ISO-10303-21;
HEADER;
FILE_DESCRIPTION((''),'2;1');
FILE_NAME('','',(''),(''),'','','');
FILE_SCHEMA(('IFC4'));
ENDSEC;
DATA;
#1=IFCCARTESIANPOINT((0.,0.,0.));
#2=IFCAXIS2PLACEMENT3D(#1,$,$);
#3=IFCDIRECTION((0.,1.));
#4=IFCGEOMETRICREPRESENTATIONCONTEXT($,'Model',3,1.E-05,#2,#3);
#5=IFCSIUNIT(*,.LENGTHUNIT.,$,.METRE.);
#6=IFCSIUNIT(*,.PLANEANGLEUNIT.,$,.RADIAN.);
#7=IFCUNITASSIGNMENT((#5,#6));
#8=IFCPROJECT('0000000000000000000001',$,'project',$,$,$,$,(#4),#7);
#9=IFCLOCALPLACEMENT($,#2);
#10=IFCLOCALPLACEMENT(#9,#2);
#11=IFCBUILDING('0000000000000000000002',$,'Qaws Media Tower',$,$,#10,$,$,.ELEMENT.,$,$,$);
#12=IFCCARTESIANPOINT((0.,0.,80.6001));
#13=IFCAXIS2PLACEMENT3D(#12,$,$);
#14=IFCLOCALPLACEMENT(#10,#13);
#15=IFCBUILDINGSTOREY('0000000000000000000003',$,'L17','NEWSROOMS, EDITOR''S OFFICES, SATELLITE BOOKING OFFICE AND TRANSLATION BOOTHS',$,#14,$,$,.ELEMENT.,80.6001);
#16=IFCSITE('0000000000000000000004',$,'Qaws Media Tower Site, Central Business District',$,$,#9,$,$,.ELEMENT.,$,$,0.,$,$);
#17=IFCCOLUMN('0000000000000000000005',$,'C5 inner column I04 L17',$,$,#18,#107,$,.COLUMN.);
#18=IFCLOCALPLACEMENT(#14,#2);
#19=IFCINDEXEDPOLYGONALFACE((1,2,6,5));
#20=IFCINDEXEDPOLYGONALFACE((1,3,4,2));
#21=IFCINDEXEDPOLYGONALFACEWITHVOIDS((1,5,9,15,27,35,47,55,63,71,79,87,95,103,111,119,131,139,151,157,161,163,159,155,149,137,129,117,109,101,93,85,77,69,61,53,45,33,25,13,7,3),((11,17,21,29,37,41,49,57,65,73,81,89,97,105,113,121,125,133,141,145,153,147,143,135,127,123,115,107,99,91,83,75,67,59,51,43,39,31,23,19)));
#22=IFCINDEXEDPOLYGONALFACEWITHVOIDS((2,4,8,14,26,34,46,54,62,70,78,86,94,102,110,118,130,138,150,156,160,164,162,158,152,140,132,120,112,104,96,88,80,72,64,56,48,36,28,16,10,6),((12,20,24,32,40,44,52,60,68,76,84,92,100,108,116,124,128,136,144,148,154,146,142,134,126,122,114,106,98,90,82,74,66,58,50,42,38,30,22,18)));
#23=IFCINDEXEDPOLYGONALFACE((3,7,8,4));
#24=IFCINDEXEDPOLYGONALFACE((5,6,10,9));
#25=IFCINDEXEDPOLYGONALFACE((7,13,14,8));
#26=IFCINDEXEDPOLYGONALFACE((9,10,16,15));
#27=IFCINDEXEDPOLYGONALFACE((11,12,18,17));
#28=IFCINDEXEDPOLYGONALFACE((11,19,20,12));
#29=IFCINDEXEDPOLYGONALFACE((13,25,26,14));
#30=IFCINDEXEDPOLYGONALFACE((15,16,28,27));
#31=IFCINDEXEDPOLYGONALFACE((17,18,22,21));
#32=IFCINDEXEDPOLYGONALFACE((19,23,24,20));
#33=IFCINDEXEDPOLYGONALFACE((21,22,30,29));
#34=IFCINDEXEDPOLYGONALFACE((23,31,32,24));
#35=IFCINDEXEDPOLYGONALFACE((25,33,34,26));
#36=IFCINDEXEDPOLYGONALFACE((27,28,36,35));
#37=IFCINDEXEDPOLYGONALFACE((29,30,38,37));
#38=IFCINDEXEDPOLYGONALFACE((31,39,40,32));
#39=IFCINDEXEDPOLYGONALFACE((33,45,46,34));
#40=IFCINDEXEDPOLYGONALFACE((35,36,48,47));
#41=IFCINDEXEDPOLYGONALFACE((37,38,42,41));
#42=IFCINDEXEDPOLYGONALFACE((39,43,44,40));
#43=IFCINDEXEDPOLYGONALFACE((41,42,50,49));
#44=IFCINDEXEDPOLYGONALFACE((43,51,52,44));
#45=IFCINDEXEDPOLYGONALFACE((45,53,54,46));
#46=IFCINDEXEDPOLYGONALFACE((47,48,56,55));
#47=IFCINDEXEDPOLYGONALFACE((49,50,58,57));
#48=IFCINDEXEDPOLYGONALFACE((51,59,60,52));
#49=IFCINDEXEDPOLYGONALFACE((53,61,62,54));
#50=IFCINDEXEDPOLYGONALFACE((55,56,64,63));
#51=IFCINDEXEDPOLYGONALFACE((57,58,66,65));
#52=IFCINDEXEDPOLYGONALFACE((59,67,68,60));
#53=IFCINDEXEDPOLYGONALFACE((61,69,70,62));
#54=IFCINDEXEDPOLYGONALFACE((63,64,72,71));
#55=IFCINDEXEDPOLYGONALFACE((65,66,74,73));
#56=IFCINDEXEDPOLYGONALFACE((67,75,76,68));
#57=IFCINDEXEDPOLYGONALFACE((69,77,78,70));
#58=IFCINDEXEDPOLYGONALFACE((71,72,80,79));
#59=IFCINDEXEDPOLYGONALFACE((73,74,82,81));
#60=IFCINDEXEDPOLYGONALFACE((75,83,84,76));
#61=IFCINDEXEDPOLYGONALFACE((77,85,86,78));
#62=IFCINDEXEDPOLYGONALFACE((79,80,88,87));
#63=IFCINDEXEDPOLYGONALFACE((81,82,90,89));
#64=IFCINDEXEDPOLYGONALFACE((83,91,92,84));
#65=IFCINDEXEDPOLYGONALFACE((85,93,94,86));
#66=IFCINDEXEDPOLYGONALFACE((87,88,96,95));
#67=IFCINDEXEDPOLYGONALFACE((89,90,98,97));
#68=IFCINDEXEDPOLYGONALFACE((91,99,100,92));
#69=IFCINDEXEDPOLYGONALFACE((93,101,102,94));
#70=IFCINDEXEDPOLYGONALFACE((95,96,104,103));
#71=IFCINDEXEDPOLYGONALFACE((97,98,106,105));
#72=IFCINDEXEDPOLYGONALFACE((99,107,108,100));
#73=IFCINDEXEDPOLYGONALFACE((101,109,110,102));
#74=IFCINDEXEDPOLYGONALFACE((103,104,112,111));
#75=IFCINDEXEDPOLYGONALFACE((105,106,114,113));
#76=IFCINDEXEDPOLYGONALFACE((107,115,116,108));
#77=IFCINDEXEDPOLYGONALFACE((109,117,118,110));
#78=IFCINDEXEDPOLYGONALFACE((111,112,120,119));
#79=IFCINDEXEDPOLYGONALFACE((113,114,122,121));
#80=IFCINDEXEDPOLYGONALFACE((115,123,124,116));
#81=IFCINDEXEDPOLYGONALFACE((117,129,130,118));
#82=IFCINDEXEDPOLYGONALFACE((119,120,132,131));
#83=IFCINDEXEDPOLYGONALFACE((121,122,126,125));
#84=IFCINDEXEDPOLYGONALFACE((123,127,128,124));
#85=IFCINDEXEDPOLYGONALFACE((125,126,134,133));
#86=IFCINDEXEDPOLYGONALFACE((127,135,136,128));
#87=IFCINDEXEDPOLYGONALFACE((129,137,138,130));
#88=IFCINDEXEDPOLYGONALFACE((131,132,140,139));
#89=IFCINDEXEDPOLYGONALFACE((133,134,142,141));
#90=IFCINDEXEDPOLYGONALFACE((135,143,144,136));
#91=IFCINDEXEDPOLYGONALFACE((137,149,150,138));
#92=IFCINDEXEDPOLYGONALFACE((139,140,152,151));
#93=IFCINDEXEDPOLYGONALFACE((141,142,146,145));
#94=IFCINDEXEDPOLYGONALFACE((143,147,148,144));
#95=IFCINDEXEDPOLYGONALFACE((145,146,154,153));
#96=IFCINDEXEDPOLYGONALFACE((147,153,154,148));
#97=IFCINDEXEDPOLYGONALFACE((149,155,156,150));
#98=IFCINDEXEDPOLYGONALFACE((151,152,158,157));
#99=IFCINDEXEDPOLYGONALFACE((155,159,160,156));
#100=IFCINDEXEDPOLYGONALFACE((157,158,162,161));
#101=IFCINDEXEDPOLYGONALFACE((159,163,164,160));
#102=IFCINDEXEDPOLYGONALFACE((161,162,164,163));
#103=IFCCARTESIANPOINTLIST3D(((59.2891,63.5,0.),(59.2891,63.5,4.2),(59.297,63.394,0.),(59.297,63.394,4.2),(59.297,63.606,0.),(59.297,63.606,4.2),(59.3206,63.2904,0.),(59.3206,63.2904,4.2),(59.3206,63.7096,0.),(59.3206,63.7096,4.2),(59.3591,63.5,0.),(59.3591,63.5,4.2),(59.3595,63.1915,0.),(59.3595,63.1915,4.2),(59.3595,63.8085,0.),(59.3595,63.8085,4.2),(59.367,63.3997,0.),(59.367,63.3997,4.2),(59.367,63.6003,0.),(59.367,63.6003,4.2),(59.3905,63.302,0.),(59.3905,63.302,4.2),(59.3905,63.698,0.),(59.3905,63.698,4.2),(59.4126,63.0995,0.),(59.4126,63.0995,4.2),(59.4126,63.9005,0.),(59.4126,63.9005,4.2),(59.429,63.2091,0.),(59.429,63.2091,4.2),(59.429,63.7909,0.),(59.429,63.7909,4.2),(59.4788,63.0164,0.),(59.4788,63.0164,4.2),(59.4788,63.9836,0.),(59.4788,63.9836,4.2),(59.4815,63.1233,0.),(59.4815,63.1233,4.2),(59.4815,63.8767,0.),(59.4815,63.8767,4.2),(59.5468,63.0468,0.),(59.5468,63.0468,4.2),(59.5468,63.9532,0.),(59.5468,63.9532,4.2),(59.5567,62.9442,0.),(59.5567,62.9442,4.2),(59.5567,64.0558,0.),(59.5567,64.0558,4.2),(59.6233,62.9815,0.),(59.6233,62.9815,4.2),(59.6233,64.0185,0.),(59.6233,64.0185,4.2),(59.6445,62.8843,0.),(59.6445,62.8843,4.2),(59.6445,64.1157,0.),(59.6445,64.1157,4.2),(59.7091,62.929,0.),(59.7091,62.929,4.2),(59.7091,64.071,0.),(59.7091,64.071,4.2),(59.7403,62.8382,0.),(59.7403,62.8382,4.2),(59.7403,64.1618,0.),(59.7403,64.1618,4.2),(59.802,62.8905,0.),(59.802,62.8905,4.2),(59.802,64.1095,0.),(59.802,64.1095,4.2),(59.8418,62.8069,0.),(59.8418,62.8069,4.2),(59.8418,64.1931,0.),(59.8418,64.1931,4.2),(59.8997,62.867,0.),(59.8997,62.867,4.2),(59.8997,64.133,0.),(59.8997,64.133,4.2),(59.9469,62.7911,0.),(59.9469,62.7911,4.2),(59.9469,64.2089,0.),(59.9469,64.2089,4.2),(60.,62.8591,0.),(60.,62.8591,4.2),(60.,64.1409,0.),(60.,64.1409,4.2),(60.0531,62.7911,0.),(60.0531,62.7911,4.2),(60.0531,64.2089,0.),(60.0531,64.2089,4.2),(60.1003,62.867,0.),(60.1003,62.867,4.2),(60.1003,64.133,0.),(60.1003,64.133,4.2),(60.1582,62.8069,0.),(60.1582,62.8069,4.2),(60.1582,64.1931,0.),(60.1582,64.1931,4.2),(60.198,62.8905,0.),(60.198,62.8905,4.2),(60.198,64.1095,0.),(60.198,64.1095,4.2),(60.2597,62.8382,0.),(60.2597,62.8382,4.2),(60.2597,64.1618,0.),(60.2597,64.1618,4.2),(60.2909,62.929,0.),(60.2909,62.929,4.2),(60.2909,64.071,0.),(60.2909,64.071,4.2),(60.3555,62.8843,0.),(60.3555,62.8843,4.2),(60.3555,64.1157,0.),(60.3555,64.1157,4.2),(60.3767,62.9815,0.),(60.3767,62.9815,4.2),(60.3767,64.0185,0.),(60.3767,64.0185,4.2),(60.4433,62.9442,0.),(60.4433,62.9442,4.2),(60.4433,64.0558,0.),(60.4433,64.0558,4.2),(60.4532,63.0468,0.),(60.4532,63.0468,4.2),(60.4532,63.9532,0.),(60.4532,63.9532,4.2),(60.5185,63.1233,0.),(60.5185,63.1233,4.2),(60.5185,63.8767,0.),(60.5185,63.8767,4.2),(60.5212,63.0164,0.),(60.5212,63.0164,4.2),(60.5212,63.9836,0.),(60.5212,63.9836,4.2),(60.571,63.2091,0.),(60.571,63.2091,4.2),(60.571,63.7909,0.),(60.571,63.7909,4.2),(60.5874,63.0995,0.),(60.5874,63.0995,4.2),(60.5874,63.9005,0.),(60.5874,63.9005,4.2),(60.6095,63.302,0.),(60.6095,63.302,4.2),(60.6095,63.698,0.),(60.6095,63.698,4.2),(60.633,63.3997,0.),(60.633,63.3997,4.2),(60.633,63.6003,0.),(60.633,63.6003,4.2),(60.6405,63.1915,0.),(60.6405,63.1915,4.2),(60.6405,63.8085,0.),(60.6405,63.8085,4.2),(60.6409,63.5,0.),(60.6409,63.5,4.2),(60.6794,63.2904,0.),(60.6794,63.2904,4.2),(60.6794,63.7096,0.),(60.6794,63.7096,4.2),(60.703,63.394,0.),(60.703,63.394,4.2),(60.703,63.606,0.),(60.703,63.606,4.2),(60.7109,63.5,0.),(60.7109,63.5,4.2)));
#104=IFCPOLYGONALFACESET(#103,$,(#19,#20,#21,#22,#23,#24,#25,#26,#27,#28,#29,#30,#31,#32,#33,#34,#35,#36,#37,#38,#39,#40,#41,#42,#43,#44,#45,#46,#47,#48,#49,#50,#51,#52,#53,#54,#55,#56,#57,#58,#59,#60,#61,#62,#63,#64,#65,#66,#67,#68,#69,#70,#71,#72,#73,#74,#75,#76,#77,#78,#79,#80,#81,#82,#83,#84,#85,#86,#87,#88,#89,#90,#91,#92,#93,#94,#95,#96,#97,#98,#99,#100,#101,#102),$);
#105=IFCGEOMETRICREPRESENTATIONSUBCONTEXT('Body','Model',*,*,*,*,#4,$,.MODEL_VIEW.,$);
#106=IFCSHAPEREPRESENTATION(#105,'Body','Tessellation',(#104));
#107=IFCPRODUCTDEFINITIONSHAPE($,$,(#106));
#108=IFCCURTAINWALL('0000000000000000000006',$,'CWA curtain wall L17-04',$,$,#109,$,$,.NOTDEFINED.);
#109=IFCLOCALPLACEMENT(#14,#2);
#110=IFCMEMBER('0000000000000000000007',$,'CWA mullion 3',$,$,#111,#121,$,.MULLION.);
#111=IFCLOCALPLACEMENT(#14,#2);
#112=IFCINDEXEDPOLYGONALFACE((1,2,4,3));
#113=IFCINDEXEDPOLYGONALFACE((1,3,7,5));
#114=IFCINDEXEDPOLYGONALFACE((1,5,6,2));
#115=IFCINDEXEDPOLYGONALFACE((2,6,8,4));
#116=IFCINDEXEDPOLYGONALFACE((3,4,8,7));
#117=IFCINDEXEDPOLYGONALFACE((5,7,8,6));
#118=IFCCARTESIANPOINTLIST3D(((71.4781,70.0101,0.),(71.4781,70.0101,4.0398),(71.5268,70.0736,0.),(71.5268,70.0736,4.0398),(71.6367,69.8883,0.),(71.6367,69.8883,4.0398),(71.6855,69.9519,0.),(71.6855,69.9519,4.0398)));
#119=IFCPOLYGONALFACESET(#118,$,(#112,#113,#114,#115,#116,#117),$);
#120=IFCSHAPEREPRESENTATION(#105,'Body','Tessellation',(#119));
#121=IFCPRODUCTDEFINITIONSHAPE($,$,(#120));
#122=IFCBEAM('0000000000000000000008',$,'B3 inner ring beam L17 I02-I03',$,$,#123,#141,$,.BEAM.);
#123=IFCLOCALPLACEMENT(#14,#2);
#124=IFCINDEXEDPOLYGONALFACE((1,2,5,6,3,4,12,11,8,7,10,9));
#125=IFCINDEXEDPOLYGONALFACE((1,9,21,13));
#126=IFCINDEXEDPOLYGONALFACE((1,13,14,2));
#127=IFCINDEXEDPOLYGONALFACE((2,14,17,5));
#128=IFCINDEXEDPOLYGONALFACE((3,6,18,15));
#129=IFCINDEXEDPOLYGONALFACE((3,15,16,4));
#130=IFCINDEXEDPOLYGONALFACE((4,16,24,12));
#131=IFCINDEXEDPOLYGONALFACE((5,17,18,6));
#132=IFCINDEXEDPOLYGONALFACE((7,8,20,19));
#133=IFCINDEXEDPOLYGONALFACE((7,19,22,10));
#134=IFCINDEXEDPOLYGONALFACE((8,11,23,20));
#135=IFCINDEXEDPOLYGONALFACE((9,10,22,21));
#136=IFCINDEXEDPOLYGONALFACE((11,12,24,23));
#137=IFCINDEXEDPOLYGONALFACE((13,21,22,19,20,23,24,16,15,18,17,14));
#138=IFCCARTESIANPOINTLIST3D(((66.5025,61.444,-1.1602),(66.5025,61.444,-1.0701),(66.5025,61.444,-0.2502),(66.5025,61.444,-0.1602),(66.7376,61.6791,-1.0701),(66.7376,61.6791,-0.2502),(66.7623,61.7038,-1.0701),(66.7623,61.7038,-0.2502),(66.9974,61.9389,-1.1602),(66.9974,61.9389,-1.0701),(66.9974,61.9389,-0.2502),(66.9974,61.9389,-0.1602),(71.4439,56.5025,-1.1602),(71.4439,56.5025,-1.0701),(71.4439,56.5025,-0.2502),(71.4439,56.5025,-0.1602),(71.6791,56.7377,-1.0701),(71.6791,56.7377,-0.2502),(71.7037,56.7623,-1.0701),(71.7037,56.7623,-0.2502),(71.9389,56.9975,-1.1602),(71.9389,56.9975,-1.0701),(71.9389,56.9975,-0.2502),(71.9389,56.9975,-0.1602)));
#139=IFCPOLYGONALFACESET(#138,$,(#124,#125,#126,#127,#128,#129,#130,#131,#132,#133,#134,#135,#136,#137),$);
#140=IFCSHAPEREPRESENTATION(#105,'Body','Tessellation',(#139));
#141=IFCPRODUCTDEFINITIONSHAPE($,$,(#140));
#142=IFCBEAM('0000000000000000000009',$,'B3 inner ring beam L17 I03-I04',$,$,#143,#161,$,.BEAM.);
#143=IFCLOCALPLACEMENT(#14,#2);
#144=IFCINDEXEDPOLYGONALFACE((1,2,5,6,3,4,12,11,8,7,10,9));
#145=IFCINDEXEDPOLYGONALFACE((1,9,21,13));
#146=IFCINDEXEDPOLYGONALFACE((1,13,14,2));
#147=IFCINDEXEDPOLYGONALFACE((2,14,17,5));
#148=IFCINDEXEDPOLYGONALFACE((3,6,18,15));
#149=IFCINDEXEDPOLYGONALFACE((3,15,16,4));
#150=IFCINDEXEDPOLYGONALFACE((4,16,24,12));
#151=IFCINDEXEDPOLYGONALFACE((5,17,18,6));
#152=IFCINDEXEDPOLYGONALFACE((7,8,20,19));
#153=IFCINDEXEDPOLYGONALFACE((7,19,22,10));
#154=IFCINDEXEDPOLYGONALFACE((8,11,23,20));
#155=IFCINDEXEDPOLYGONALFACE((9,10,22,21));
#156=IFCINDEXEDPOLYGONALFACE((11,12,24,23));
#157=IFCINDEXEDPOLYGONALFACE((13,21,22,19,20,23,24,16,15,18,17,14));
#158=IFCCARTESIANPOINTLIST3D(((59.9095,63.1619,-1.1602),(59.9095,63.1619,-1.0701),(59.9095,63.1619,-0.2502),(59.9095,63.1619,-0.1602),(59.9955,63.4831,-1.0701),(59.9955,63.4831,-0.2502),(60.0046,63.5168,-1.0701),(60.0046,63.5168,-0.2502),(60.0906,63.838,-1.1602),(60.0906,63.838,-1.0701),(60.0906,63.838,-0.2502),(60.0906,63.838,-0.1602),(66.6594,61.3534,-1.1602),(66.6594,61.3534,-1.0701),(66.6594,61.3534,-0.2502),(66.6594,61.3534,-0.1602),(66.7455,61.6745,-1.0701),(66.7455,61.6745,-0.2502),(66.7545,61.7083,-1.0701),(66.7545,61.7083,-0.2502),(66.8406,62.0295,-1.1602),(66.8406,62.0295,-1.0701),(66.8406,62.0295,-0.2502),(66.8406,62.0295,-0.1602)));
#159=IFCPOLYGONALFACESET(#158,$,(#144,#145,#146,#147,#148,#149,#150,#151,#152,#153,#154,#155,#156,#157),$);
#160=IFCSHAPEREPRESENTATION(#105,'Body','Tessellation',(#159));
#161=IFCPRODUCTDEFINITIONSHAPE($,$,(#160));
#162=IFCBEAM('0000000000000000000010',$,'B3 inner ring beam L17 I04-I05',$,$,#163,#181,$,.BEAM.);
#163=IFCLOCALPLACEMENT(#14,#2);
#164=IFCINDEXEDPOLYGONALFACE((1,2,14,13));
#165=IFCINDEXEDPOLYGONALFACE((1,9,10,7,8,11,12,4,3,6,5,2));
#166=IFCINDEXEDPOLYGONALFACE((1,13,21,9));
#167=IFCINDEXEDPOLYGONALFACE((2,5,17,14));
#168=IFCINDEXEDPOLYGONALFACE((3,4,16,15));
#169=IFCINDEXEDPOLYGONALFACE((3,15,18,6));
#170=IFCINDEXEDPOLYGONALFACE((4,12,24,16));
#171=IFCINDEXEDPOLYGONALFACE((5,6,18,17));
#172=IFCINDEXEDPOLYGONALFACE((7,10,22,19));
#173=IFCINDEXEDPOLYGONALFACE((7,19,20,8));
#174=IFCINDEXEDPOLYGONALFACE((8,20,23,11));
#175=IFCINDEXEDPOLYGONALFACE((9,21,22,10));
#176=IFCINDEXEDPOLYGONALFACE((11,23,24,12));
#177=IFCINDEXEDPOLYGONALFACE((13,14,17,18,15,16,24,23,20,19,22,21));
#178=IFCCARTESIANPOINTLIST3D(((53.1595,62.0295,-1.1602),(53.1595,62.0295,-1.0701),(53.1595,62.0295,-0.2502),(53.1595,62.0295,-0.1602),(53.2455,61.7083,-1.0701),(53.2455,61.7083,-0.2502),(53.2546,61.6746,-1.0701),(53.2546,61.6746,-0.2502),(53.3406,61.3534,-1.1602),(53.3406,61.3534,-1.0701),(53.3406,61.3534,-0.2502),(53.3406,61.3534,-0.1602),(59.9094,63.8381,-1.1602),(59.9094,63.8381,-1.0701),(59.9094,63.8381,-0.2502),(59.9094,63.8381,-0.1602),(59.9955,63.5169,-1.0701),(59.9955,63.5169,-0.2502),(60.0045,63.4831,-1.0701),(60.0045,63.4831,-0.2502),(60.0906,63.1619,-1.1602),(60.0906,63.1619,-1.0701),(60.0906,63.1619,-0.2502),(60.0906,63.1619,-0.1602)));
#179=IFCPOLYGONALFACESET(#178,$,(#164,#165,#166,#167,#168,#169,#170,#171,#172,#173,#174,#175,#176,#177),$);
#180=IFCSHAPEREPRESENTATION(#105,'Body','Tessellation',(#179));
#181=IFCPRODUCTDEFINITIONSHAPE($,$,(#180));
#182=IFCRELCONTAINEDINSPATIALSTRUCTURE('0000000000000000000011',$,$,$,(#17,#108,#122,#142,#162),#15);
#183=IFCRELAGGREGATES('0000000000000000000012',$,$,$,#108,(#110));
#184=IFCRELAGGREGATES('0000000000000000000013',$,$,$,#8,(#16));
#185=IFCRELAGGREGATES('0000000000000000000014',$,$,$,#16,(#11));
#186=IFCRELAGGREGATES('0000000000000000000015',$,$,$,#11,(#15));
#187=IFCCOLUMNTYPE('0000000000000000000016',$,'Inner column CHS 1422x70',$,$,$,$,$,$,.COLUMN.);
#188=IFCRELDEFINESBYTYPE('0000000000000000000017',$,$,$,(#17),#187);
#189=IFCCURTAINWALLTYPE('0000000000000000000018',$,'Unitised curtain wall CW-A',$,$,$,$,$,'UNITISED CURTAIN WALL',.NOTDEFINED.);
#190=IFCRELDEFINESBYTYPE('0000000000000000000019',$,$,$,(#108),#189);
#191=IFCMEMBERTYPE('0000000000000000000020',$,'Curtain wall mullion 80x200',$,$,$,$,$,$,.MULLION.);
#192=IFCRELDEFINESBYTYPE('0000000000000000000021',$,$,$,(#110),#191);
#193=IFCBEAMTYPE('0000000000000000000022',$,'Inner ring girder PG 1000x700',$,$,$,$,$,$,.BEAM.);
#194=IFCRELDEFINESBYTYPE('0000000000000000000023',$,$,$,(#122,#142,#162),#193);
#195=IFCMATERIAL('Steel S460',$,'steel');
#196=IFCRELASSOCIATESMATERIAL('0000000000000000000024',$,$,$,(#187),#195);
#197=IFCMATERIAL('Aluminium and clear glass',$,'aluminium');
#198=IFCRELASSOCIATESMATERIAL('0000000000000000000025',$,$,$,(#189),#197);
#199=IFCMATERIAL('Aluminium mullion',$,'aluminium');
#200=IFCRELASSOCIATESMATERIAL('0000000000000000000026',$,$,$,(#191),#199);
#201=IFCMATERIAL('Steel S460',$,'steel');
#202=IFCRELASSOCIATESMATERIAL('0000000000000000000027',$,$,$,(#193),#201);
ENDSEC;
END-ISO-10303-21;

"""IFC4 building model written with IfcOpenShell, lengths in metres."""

from ifc_helpers import new_model, si_unit, direction, frame, origin, origin_2d, place, context, subcontext, project, spatial, rectangle, hollow_circle, i_section, extrude, material, material_profile, profile_set, type_object, element, aggregate, save


model = new_model("IFC4")

# Units and contexts
model_context = context("Model", 3, precision=1e-05, world=origin(), true_north=direction((0.0, 1.0)))
body_context = subcontext(model_context, "Body", "Model", "MODEL_VIEW")
ifc_project = project(units=[si_unit("LENGTHUNIT", "METRE"), si_unit("PLANEANGLEUNIT", "RADIAN")], contexts=[model_context])

# Site, building, storey
site_placement = place(None, origin())
site = spatial("IfcSite", under=ifc_project, at=site_placement, Name="Qaws Media Tower Site, Central Business District", CompositionType="ELEMENT", RefElevation=0.0)
building_placement = place(site_placement, origin())
building = spatial("IfcBuilding", under=site, at=building_placement, Name="Qaws Media Tower", CompositionType="ELEMENT")
storey_placement = place(building_placement, frame((0.0, 0.0, 80.6001)))
storey = spatial("IfcBuildingStorey", under=building, at=storey_placement, Name="L17", Description="NEWSROOMS, EDITOR'S OFFICES, SATELLITE BOOKING OFFICE AND TRANSLATION BOOTHS", CompositionType="ELEMENT", Elevation=80.6001)

# Column
ifc_material_1 = material(Name="Steel S460", Category="steel")
ifc_material_profile_1 = material_profile(ifc_material_1, hollow_circle(Radius=0.7109, WallThickness=0.0701, at=origin_2d()), Name="CHS 1422x70")
ifc_profile_set_1 = profile_set([ifc_material_profile_1], Name="Steel S460")
column_type = type_object("IfcColumnType", Name="Inner column CHS 1422x70", PredefinedType="COLUMN", material=ifc_profile_set_1)
for number, where, z_axis, x_axis, name in (
    (1, (60.0, 63.5, 0.0), (0.0, 0.0, 1.0), (1.0, 0.0, 0.0), "C5 inner column I04 L17"),
):
    element("IfcColumn", number, at=place(storey_placement, frame(where, z_axis=z_axis, x_axis=x_axis)), inside=storey, type_object=column_type, Name=name, PredefinedType="COLUMN", context=body_context, shape_type="SweptSolid", body=[
        extrude(hollow_circle(Radius=0.7109, WallThickness=0.0701, at=origin_2d()), origin(), (0.0, 0.0, 1.0), 4.2),
    ])

# Curtain wall, member
ifc_material_2 = material(Name="Aluminium and clear glass", Category="aluminium")
curtain_wall_type = type_object("IfcCurtainWallType", Name="Unitised curtain wall CW-A", ElementType="UNITISED CURTAIN WALL", PredefinedType="NOTDEFINED", material=ifc_material_2)
curtain_wall_placement = place(storey_placement, origin())
curtain_wall = element("IfcCurtainWall", 2, at=curtain_wall_placement, inside=storey, type_object=curtain_wall_type, Name="CWA curtain wall L17-04", PredefinedType="NOTDEFINED")
ifc_material_3 = material(Name="Aluminium mullion", Category="aluminium")
ifc_material_profile_2 = material_profile(ifc_material_3, rectangle(XDim=0.0801, YDim=0.2, at=origin_2d()), Name="80x200")
ifc_profile_set_2 = profile_set([ifc_material_profile_2], Name="Aluminium mullion")
member_type = type_object("IfcMemberType", Name="Curtain wall mullion 80x200", PredefinedType="MULLION", material=ifc_profile_set_2)
member_placement = place(storey_placement, frame((71.5818, 69.981, 0.0), z_axis=(0.0, 0.0, 1.0), x_axis=(-0.608761, -0.793353, 0.0)))
member = element("IfcMember", 3, at=member_placement, type_object=member_type, Name="CWA mullion 3", PredefinedType="MULLION", context=body_context, shape_type="SweptSolid", body=[
    extrude(rectangle(XDim=0.0801, YDim=0.2, at=origin_2d()), origin(), (0.0, 0.0, 1.0), 4.0398),
])
aggregate(curtain_wall, [member])

# Beams
ifc_material_4 = material(Name="Steel S460", Category="steel")
ifc_material_profile_3 = material_profile(ifc_material_4, i_section(OverallWidth=0.7, OverallDepth=1.0, WebThickness=0.0349, FlangeThickness=0.0901, at=origin_2d()), Name="PG 1000x700")
ifc_profile_set_3 = profile_set([ifc_material_profile_3], Name="Steel S460")
beam_type_1 = type_object("IfcBeamType", Name="Inner ring girder PG 1000x700", PredefinedType="BEAM", material=ifc_profile_set_3)
beam_1_placement = place(storey_placement, frame((71.6914, 56.75, -0.6602), z_axis=(-0.707107, 0.707107, 0.0), x_axis=(-0.707107, -0.707107, 0.0)))
element("IfcBeam", 4, at=beam_1_placement, inside=storey, type_object=beam_type_1, Name="B3 inner ring beam L17 I02-I03", PredefinedType="BEAM", context=body_context, shape_type="SweptSolid", body=[
    extrude(i_section(OverallWidth=0.7, OverallDepth=1.0, WebThickness=0.0349, FlangeThickness=0.0901, at=origin_2d()), origin(), (0.0, 0.0, 1.0), 6.9883),
])
for number, where, z_axis, x_axis, name in (
    (5, (66.75, 61.6914, -0.6602), (-0.965928, 0.258811, 0.0), (-0.258811, -0.965928, 0.0), "B3 inner ring beam L17 I03-I04"),
    (6, (60.0, 63.5, -0.6602), (-0.965928, -0.258811, 0.0), (0.258811, -0.965928, 0.0), "B3 inner ring beam L17 I04-I05"),
):
    element("IfcBeam", number, at=place(storey_placement, frame(where, z_axis=z_axis, x_axis=x_axis)), inside=storey, type_object=beam_type_1, Name=name, PredefinedType="BEAM", context=body_context, shape_type="SweptSolid", body=[
        extrude(i_section(OverallWidth=0.7, OverallDepth=1.0, WebThickness=0.0349, FlangeThickness=0.0901, at=origin_2d()), origin(), (0.0, 0.0, 1.0), 6.988),
    ])

save(model, "model.ifc")
